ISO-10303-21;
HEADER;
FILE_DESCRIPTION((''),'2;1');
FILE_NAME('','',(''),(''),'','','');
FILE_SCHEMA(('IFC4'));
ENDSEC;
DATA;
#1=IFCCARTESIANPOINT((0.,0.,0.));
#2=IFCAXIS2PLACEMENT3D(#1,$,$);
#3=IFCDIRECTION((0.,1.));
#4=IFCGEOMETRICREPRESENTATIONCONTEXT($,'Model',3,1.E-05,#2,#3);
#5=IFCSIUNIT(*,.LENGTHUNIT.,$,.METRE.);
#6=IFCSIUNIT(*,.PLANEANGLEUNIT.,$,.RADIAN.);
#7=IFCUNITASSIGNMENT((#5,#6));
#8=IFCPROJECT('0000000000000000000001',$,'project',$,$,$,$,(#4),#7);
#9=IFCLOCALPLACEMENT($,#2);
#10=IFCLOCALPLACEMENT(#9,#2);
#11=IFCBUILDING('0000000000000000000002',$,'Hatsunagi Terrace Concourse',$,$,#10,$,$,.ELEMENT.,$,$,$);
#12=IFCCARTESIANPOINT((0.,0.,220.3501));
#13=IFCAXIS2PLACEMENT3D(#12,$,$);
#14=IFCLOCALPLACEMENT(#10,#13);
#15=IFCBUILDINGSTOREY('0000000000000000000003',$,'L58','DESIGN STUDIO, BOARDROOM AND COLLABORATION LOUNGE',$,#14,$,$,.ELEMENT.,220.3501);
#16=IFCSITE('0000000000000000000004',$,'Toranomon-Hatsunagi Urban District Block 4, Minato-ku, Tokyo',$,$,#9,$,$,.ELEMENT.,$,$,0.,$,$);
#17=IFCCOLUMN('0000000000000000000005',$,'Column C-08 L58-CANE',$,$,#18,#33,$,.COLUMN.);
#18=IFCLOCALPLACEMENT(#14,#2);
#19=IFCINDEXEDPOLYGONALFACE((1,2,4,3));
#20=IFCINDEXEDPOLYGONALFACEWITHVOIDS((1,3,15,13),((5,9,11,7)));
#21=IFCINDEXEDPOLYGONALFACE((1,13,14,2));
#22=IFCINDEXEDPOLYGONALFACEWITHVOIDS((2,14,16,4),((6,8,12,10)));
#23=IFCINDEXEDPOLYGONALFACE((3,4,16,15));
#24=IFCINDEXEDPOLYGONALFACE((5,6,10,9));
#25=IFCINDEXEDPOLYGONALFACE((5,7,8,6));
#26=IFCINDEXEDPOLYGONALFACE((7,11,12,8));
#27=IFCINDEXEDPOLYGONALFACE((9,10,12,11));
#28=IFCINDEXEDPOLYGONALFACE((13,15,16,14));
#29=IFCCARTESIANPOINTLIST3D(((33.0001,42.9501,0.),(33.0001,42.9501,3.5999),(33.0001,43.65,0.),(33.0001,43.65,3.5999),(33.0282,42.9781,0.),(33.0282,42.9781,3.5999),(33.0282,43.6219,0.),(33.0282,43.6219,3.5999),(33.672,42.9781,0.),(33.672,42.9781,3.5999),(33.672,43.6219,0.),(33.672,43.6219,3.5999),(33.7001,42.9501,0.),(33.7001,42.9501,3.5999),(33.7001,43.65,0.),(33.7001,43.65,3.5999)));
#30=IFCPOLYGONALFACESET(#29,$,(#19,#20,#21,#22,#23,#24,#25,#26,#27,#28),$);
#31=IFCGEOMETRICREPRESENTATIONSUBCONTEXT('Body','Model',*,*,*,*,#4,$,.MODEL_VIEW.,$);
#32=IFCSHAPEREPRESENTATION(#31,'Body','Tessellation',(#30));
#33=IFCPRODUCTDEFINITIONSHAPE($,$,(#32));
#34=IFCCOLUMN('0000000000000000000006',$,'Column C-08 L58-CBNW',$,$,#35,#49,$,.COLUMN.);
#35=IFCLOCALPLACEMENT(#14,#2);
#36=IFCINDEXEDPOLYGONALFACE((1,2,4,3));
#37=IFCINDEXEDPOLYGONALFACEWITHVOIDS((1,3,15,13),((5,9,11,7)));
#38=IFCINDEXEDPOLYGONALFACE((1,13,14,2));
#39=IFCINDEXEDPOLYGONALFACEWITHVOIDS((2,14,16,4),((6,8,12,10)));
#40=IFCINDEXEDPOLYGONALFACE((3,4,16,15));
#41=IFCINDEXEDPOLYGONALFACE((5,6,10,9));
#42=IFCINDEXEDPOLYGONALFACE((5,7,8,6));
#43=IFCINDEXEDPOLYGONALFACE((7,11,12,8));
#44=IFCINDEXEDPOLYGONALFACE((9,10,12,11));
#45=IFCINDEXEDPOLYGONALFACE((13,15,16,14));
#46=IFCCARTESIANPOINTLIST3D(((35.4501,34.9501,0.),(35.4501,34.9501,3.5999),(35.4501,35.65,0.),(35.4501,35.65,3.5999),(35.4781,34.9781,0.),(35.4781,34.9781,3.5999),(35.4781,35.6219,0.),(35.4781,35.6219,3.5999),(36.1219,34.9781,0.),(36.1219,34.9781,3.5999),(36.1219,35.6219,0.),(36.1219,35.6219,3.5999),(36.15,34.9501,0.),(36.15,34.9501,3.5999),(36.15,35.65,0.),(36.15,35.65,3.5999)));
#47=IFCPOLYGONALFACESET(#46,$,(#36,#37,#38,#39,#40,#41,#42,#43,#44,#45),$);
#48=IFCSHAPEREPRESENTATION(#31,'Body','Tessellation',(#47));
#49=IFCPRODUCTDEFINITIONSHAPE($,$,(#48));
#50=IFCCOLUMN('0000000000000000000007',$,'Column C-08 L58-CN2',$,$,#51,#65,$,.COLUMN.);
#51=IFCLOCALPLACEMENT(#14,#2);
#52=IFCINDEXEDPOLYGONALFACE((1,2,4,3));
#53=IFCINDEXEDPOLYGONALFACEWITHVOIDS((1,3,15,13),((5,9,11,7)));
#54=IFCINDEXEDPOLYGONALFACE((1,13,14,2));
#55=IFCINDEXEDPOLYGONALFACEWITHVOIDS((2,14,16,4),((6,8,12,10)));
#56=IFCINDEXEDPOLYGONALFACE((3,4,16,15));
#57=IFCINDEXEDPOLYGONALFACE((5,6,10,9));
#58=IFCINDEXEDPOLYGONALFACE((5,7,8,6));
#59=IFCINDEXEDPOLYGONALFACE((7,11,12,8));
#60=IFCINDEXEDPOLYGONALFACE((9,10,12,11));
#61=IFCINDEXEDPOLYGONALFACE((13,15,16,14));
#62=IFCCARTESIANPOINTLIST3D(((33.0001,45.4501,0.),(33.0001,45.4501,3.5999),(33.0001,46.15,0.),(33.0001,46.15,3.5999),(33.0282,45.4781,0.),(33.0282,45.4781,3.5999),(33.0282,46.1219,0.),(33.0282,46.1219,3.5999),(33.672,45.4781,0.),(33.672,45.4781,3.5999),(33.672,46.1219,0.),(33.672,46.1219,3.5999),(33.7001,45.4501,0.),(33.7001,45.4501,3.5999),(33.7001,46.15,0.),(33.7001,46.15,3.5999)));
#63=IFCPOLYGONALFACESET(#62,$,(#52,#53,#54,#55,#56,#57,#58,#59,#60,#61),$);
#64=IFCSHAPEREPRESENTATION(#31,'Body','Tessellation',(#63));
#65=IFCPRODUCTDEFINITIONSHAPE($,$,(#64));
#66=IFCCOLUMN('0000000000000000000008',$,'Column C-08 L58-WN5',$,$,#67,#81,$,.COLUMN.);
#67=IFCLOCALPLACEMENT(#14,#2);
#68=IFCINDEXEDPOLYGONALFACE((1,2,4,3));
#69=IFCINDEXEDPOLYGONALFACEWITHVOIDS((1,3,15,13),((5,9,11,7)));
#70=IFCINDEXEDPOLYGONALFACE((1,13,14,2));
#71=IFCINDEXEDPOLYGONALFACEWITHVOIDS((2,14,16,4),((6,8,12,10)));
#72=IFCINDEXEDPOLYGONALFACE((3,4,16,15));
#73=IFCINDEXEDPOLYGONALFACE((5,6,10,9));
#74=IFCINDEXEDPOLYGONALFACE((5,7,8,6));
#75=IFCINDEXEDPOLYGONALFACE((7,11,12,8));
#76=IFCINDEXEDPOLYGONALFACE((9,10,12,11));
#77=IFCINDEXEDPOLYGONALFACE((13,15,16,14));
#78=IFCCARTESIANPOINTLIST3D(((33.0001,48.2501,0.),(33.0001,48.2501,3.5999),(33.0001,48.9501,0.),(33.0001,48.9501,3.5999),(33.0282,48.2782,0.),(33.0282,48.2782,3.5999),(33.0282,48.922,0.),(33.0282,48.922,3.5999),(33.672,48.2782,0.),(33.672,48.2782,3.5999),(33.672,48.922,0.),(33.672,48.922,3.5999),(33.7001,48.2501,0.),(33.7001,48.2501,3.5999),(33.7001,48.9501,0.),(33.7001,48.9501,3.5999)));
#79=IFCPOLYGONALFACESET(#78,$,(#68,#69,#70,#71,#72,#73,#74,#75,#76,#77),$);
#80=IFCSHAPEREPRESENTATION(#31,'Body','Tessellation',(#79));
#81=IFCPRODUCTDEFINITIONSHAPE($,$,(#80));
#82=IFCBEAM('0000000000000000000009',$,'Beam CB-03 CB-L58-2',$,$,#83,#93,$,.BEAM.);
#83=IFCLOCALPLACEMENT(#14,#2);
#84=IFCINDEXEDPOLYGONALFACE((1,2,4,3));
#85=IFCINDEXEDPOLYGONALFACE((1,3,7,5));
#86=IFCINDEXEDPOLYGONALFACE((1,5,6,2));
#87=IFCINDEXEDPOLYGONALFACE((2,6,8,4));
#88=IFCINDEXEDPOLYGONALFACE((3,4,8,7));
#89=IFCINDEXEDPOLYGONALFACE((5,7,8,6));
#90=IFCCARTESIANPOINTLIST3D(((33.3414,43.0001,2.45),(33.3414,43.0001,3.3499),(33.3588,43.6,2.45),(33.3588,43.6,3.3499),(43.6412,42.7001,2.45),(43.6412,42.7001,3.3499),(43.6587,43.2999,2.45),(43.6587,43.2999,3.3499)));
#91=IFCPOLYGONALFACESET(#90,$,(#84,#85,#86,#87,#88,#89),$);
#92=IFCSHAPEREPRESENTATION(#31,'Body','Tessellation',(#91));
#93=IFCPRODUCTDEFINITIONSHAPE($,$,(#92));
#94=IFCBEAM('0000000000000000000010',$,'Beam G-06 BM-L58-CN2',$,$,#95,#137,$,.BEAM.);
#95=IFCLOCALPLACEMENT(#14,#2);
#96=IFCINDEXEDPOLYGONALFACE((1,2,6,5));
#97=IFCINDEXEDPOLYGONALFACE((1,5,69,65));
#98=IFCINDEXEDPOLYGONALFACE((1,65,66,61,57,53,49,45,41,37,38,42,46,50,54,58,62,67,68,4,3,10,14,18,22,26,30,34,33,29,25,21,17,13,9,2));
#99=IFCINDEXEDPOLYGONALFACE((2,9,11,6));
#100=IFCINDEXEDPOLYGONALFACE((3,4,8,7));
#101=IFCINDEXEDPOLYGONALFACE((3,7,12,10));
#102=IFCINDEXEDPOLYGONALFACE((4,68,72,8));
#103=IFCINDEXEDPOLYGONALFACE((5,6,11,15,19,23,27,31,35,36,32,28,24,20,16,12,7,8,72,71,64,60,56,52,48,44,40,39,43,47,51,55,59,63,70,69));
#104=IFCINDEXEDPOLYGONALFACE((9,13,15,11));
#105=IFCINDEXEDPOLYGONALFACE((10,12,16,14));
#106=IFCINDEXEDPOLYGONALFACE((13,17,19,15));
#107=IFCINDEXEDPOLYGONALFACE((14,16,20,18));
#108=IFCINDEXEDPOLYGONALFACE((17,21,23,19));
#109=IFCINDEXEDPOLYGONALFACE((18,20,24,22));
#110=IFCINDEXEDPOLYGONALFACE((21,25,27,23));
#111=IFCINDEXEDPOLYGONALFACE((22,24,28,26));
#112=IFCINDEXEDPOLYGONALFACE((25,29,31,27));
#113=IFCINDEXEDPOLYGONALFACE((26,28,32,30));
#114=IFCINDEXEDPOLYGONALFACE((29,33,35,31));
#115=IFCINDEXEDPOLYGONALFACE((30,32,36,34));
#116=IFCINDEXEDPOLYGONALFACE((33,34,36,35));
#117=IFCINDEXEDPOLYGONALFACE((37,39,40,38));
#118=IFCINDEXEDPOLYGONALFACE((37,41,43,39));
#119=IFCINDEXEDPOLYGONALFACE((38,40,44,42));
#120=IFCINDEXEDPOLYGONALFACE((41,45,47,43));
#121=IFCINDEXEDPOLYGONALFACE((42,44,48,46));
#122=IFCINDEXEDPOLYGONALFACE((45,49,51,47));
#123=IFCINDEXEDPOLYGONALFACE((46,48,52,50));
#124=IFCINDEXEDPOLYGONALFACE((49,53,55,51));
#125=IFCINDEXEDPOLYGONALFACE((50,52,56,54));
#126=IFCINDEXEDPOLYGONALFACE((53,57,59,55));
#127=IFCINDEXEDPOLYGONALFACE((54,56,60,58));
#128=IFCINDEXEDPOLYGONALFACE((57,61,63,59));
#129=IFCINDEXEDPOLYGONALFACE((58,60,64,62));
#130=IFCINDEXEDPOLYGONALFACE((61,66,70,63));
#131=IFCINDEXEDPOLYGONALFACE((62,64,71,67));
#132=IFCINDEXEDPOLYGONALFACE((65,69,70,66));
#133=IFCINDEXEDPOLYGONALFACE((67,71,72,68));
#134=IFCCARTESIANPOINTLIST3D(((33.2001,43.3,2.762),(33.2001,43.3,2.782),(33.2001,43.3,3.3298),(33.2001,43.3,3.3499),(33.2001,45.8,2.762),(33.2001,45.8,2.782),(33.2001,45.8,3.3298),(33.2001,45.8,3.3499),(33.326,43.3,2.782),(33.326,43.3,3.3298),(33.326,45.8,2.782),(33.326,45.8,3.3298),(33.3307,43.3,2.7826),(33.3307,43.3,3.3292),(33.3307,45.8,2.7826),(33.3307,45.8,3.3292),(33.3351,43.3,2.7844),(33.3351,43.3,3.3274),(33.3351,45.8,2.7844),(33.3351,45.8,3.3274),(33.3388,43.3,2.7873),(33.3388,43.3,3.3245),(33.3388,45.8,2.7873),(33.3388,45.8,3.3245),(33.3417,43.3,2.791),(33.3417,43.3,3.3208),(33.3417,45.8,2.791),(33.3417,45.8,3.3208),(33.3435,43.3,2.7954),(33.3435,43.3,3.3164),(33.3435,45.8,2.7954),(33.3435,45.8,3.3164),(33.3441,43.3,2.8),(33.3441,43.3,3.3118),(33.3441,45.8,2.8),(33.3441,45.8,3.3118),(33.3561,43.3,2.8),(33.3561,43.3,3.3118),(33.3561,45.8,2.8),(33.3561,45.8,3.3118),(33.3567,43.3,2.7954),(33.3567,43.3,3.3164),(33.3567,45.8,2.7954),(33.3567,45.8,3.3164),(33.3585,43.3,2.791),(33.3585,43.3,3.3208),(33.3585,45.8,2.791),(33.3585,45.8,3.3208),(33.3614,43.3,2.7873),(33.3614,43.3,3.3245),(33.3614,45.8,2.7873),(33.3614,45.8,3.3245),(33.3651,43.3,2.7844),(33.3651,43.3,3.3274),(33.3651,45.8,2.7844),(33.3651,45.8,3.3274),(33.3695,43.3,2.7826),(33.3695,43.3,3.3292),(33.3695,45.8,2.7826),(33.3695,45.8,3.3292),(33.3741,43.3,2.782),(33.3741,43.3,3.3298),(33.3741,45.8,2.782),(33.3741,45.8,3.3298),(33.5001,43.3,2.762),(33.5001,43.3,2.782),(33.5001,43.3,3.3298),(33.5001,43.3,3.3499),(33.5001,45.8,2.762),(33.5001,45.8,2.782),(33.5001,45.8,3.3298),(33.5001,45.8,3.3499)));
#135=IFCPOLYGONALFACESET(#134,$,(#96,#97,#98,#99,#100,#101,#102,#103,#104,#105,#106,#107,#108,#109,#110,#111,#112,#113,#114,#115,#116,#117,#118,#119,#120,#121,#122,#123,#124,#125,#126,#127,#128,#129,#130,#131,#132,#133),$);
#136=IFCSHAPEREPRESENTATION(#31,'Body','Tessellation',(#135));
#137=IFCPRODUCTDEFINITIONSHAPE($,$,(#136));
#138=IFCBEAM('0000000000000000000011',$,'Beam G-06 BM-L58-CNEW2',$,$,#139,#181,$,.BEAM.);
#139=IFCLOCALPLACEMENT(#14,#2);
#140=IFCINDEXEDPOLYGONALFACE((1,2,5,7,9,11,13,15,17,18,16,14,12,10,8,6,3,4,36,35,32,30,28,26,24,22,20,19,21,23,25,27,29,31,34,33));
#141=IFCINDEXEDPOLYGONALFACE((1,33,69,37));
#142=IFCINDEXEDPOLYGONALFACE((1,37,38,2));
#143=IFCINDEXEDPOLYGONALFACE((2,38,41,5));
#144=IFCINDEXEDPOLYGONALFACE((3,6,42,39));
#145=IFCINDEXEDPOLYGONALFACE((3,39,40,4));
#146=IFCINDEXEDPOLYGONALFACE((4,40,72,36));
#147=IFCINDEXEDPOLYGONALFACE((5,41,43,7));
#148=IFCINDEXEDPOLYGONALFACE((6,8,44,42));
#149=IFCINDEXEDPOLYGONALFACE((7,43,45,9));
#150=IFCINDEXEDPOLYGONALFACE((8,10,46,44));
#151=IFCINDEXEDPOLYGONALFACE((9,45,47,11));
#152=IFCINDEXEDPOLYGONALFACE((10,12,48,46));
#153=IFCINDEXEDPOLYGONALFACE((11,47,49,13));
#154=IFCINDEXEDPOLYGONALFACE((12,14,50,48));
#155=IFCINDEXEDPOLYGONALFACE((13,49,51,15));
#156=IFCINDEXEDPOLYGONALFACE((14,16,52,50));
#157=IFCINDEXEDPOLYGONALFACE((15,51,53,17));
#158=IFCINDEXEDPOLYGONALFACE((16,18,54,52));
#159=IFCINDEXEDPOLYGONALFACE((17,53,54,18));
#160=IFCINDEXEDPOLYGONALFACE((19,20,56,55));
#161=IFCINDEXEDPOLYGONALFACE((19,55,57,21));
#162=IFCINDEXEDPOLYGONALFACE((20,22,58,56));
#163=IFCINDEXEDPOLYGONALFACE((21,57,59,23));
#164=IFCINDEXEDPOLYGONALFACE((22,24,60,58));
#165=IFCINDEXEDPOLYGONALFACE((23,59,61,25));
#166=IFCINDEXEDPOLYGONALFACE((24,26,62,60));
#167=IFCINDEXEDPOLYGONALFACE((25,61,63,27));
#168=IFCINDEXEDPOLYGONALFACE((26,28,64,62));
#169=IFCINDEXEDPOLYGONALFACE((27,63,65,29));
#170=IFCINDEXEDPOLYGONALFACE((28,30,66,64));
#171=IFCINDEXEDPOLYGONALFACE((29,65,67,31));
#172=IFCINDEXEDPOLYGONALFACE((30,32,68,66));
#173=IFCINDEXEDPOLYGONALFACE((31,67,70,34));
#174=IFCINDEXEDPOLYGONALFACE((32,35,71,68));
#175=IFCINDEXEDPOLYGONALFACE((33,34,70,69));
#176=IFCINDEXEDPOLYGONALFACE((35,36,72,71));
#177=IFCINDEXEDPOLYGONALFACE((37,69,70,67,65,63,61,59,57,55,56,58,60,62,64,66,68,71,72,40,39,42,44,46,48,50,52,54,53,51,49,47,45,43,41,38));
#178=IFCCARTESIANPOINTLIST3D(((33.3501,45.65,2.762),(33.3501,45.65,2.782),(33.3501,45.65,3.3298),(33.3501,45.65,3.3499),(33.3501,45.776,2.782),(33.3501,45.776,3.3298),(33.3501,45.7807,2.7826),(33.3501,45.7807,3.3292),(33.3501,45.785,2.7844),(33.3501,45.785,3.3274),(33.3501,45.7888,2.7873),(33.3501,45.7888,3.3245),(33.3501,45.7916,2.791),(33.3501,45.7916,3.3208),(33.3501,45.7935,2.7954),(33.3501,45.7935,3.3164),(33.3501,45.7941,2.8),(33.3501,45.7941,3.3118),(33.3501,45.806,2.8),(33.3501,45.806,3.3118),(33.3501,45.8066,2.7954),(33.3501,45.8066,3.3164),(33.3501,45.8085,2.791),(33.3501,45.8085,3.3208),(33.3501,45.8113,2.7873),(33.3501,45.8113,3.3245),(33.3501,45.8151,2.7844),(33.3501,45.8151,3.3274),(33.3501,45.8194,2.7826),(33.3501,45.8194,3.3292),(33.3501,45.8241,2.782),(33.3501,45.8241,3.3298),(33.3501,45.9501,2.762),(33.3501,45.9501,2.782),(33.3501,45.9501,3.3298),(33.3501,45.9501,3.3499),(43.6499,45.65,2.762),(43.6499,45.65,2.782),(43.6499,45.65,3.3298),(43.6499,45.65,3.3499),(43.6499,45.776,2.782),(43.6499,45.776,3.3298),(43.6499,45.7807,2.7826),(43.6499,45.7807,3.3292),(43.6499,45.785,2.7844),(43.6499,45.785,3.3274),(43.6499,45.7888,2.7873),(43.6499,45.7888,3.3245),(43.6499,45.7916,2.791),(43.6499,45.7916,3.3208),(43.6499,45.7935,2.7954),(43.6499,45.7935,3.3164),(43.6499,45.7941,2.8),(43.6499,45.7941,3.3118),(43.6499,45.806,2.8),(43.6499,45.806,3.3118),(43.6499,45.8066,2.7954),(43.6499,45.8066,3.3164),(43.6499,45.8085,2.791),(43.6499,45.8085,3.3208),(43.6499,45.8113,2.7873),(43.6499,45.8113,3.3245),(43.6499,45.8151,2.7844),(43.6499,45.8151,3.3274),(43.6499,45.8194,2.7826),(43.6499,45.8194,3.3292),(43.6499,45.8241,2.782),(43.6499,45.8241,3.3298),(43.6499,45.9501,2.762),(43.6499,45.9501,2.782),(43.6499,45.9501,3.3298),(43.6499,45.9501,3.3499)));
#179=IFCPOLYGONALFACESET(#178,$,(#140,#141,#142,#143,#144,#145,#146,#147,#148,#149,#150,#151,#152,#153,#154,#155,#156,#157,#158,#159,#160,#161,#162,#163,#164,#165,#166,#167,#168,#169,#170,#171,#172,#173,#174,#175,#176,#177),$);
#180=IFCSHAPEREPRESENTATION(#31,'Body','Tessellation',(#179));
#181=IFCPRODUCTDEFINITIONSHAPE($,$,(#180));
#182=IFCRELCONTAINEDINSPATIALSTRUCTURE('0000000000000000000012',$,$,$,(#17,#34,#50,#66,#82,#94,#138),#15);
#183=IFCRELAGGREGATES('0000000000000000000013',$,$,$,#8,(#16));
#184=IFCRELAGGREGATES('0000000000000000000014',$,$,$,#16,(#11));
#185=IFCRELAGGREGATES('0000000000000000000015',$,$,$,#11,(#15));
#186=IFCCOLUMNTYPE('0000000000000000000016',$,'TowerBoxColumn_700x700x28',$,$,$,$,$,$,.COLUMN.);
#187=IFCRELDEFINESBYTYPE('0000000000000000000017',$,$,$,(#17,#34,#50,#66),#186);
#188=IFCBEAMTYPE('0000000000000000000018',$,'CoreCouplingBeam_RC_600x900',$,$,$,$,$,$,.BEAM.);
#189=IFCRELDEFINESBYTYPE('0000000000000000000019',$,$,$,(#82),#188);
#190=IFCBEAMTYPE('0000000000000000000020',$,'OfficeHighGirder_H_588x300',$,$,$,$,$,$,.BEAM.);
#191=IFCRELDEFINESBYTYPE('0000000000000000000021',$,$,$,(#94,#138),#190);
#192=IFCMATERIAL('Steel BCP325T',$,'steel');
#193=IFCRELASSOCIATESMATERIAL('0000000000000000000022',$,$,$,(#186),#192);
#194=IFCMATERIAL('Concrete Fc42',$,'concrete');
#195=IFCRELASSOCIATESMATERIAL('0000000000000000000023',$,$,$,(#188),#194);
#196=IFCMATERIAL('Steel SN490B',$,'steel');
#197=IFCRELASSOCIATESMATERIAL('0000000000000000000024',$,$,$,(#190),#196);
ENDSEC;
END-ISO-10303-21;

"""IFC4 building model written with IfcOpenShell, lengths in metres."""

from ifc_helpers import new_model, si_unit, direction, frame, origin, origin_2d, place, context, subcontext, project, spatial, rectangle, hollow_rectangle, i_section, extrude, material, material_profile, profile_set, type_object, element, save


model = new_model("IFC4")

# Units and contexts
model_context = context("Model", 3, precision=1e-05, world=origin(), true_north=direction((0.0, 1.0)))
body_context = subcontext(model_context, "Body", "Model", "MODEL_VIEW")
ifc_project = project(units=[si_unit("LENGTHUNIT", "METRE"), si_unit("PLANEANGLEUNIT", "RADIAN")], contexts=[model_context])

# Site, building, storey
site_placement = place(None, origin())
site = spatial("IfcSite", under=ifc_project, at=site_placement, Name="Toranomon-Hatsunagi Urban District Block 4, Minato-ku, Tokyo", CompositionType="ELEMENT", RefElevation=0.0)
building_placement = place(site_placement, origin())
building = spatial("IfcBuilding", under=site, at=building_placement, Name="Hatsunagi Terrace Concourse", CompositionType="ELEMENT")
storey_placement = place(building_placement, frame((0.0, 0.0, 220.3501)))
storey = spatial("IfcBuildingStorey", under=building, at=storey_placement, Name="L58", Description="DESIGN STUDIO, BOARDROOM AND COLLABORATION LOUNGE", CompositionType="ELEMENT", Elevation=220.3501)

# Columns
ifc_material_1 = material(Name="Steel BCP325T", Category="steel")
ifc_material_profile_1 = material_profile(ifc_material_1, hollow_rectangle(XDim=0.7, YDim=0.7, WallThickness=0.0281, at=origin_2d()), Name="BCP-700x700x28")
ifc_profile_set_1 = profile_set([ifc_material_profile_1], Name="Steel BCP325T")
column_type = type_object("IfcColumnType", Name="TowerBoxColumn_700x700x28", PredefinedType="COLUMN", material=ifc_profile_set_1)
for number, where, z_axis, x_axis, name in (
    (1, (33.3501, 43.3, 0.0), (0.0, 0.0, 1.0), (1.0, 0.0, 0.0), "Column C-08 L58-CANE"),
    (2, (35.8, 35.3, 0.0), (0.0, 0.0, 1.0), (1.0, 0.0, 0.0), "Column C-08 L58-CBNW"),
    (3, (33.3501, 45.8, 0.0), (0.0, 0.0, 1.0), (1.0, 0.0, 0.0), "Column C-08 L58-CN2"),
    (4, (33.3501, 48.6001, 0.0), (0.0, 0.0, 1.0), (1.0, 0.0, 0.0), "Column C-08 L58-WN5"),
):
    element("IfcColumn", number, at=place(storey_placement, frame(where, z_axis=z_axis, x_axis=x_axis)), inside=storey, type_object=column_type, Name=name, PredefinedType="COLUMN", context=body_context, shape_type="SweptSolid", body=[
        extrude(hollow_rectangle(XDim=0.7, YDim=0.7, WallThickness=0.0281, at=origin_2d()), origin(), (0.0, 0.0, 1.0), 3.5999),
    ])

# Beams
ifc_material_2 = material(Name="Concrete Fc42", Category="concrete")
ifc_material_profile_2 = material_profile(ifc_material_2, rectangle(XDim=0.6001, YDim=0.8999, at=origin_2d()), Name="RC-600x900")
ifc_profile_set_2 = profile_set([ifc_material_profile_2], Name="Concrete Fc42")
beam_type_1 = type_object("IfcBeamType", Name="CoreCouplingBeam_RC_600x900", PredefinedType="BEAM", material=ifc_profile_set_2)
beam_1_placement = place(storey_placement, frame((33.3501, 43.3, 2.8999), z_axis=(0.999576, -0.029119, 0.0), x_axis=(0.029119, 0.999576, 0.0)))
element("IfcBeam", 5, at=beam_1_placement, inside=storey, type_object=beam_type_1, Name="Beam CB-03 CB-L58-2", PredefinedType="BEAM", context=body_context, shape_type="SweptSolid", body=[
    extrude(rectangle(XDim=0.6001, YDim=0.8999, at=origin_2d()), origin(), (0.0, 0.0, 1.0), 10.3042),
])
ifc_material_3 = material(Name="Steel SN490B", Category="steel")
ifc_material_profile_3 = material_profile(ifc_material_3, i_section(OverallWidth=0.3, OverallDepth=0.5879, WebThickness=0.012, FlangeThickness=0.02, FilletRadius=0.0181, at=origin_2d()), Name="H-588x300x12x20")
ifc_profile_set_3 = profile_set([ifc_material_profile_3], Name="Steel SN490B")
beam_type_2 = type_object("IfcBeamType", Name="OfficeHighGirder_H_588x300", PredefinedType="BEAM", material=ifc_profile_set_3)
beam_2_placement = place(storey_placement, frame((33.3501, 43.3, 3.0559), z_axis=(0.0, 1.0, 0.0), x_axis=(-1.0, 0.0, 0.0)))
element("IfcBeam", 6, at=beam_2_placement, inside=storey, type_object=beam_type_2, Name="Beam G-06 BM-L58-CN2", PredefinedType="BEAM", context=body_context, shape_type="SweptSolid", body=[
    extrude(i_section(OverallWidth=0.3, OverallDepth=0.5879, WebThickness=0.012, FlangeThickness=0.02, FilletRadius=0.0181, at=origin_2d()), origin(), (0.0, 0.0, 1.0), 2.5),
])
beam_3_placement = place(storey_placement, frame((33.3501, 45.8, 3.0559), z_axis=(1.0, 0.0, 0.0), x_axis=(0.0, 1.0, 0.0)))
element("IfcBeam", 7, at=beam_3_placement, inside=storey, type_object=beam_type_2, Name="Beam G-06 BM-L58-CNEW2", PredefinedType="BEAM", context=body_context, shape_type="SweptSolid", body=[
    extrude(i_section(OverallWidth=0.3, OverallDepth=0.5879, WebThickness=0.012, FlangeThickness=0.02, FilletRadius=0.0181, at=origin_2d()), origin(), (0.0, 0.0, 1.0), 10.2998),
])

save(model, "model.ifc")
